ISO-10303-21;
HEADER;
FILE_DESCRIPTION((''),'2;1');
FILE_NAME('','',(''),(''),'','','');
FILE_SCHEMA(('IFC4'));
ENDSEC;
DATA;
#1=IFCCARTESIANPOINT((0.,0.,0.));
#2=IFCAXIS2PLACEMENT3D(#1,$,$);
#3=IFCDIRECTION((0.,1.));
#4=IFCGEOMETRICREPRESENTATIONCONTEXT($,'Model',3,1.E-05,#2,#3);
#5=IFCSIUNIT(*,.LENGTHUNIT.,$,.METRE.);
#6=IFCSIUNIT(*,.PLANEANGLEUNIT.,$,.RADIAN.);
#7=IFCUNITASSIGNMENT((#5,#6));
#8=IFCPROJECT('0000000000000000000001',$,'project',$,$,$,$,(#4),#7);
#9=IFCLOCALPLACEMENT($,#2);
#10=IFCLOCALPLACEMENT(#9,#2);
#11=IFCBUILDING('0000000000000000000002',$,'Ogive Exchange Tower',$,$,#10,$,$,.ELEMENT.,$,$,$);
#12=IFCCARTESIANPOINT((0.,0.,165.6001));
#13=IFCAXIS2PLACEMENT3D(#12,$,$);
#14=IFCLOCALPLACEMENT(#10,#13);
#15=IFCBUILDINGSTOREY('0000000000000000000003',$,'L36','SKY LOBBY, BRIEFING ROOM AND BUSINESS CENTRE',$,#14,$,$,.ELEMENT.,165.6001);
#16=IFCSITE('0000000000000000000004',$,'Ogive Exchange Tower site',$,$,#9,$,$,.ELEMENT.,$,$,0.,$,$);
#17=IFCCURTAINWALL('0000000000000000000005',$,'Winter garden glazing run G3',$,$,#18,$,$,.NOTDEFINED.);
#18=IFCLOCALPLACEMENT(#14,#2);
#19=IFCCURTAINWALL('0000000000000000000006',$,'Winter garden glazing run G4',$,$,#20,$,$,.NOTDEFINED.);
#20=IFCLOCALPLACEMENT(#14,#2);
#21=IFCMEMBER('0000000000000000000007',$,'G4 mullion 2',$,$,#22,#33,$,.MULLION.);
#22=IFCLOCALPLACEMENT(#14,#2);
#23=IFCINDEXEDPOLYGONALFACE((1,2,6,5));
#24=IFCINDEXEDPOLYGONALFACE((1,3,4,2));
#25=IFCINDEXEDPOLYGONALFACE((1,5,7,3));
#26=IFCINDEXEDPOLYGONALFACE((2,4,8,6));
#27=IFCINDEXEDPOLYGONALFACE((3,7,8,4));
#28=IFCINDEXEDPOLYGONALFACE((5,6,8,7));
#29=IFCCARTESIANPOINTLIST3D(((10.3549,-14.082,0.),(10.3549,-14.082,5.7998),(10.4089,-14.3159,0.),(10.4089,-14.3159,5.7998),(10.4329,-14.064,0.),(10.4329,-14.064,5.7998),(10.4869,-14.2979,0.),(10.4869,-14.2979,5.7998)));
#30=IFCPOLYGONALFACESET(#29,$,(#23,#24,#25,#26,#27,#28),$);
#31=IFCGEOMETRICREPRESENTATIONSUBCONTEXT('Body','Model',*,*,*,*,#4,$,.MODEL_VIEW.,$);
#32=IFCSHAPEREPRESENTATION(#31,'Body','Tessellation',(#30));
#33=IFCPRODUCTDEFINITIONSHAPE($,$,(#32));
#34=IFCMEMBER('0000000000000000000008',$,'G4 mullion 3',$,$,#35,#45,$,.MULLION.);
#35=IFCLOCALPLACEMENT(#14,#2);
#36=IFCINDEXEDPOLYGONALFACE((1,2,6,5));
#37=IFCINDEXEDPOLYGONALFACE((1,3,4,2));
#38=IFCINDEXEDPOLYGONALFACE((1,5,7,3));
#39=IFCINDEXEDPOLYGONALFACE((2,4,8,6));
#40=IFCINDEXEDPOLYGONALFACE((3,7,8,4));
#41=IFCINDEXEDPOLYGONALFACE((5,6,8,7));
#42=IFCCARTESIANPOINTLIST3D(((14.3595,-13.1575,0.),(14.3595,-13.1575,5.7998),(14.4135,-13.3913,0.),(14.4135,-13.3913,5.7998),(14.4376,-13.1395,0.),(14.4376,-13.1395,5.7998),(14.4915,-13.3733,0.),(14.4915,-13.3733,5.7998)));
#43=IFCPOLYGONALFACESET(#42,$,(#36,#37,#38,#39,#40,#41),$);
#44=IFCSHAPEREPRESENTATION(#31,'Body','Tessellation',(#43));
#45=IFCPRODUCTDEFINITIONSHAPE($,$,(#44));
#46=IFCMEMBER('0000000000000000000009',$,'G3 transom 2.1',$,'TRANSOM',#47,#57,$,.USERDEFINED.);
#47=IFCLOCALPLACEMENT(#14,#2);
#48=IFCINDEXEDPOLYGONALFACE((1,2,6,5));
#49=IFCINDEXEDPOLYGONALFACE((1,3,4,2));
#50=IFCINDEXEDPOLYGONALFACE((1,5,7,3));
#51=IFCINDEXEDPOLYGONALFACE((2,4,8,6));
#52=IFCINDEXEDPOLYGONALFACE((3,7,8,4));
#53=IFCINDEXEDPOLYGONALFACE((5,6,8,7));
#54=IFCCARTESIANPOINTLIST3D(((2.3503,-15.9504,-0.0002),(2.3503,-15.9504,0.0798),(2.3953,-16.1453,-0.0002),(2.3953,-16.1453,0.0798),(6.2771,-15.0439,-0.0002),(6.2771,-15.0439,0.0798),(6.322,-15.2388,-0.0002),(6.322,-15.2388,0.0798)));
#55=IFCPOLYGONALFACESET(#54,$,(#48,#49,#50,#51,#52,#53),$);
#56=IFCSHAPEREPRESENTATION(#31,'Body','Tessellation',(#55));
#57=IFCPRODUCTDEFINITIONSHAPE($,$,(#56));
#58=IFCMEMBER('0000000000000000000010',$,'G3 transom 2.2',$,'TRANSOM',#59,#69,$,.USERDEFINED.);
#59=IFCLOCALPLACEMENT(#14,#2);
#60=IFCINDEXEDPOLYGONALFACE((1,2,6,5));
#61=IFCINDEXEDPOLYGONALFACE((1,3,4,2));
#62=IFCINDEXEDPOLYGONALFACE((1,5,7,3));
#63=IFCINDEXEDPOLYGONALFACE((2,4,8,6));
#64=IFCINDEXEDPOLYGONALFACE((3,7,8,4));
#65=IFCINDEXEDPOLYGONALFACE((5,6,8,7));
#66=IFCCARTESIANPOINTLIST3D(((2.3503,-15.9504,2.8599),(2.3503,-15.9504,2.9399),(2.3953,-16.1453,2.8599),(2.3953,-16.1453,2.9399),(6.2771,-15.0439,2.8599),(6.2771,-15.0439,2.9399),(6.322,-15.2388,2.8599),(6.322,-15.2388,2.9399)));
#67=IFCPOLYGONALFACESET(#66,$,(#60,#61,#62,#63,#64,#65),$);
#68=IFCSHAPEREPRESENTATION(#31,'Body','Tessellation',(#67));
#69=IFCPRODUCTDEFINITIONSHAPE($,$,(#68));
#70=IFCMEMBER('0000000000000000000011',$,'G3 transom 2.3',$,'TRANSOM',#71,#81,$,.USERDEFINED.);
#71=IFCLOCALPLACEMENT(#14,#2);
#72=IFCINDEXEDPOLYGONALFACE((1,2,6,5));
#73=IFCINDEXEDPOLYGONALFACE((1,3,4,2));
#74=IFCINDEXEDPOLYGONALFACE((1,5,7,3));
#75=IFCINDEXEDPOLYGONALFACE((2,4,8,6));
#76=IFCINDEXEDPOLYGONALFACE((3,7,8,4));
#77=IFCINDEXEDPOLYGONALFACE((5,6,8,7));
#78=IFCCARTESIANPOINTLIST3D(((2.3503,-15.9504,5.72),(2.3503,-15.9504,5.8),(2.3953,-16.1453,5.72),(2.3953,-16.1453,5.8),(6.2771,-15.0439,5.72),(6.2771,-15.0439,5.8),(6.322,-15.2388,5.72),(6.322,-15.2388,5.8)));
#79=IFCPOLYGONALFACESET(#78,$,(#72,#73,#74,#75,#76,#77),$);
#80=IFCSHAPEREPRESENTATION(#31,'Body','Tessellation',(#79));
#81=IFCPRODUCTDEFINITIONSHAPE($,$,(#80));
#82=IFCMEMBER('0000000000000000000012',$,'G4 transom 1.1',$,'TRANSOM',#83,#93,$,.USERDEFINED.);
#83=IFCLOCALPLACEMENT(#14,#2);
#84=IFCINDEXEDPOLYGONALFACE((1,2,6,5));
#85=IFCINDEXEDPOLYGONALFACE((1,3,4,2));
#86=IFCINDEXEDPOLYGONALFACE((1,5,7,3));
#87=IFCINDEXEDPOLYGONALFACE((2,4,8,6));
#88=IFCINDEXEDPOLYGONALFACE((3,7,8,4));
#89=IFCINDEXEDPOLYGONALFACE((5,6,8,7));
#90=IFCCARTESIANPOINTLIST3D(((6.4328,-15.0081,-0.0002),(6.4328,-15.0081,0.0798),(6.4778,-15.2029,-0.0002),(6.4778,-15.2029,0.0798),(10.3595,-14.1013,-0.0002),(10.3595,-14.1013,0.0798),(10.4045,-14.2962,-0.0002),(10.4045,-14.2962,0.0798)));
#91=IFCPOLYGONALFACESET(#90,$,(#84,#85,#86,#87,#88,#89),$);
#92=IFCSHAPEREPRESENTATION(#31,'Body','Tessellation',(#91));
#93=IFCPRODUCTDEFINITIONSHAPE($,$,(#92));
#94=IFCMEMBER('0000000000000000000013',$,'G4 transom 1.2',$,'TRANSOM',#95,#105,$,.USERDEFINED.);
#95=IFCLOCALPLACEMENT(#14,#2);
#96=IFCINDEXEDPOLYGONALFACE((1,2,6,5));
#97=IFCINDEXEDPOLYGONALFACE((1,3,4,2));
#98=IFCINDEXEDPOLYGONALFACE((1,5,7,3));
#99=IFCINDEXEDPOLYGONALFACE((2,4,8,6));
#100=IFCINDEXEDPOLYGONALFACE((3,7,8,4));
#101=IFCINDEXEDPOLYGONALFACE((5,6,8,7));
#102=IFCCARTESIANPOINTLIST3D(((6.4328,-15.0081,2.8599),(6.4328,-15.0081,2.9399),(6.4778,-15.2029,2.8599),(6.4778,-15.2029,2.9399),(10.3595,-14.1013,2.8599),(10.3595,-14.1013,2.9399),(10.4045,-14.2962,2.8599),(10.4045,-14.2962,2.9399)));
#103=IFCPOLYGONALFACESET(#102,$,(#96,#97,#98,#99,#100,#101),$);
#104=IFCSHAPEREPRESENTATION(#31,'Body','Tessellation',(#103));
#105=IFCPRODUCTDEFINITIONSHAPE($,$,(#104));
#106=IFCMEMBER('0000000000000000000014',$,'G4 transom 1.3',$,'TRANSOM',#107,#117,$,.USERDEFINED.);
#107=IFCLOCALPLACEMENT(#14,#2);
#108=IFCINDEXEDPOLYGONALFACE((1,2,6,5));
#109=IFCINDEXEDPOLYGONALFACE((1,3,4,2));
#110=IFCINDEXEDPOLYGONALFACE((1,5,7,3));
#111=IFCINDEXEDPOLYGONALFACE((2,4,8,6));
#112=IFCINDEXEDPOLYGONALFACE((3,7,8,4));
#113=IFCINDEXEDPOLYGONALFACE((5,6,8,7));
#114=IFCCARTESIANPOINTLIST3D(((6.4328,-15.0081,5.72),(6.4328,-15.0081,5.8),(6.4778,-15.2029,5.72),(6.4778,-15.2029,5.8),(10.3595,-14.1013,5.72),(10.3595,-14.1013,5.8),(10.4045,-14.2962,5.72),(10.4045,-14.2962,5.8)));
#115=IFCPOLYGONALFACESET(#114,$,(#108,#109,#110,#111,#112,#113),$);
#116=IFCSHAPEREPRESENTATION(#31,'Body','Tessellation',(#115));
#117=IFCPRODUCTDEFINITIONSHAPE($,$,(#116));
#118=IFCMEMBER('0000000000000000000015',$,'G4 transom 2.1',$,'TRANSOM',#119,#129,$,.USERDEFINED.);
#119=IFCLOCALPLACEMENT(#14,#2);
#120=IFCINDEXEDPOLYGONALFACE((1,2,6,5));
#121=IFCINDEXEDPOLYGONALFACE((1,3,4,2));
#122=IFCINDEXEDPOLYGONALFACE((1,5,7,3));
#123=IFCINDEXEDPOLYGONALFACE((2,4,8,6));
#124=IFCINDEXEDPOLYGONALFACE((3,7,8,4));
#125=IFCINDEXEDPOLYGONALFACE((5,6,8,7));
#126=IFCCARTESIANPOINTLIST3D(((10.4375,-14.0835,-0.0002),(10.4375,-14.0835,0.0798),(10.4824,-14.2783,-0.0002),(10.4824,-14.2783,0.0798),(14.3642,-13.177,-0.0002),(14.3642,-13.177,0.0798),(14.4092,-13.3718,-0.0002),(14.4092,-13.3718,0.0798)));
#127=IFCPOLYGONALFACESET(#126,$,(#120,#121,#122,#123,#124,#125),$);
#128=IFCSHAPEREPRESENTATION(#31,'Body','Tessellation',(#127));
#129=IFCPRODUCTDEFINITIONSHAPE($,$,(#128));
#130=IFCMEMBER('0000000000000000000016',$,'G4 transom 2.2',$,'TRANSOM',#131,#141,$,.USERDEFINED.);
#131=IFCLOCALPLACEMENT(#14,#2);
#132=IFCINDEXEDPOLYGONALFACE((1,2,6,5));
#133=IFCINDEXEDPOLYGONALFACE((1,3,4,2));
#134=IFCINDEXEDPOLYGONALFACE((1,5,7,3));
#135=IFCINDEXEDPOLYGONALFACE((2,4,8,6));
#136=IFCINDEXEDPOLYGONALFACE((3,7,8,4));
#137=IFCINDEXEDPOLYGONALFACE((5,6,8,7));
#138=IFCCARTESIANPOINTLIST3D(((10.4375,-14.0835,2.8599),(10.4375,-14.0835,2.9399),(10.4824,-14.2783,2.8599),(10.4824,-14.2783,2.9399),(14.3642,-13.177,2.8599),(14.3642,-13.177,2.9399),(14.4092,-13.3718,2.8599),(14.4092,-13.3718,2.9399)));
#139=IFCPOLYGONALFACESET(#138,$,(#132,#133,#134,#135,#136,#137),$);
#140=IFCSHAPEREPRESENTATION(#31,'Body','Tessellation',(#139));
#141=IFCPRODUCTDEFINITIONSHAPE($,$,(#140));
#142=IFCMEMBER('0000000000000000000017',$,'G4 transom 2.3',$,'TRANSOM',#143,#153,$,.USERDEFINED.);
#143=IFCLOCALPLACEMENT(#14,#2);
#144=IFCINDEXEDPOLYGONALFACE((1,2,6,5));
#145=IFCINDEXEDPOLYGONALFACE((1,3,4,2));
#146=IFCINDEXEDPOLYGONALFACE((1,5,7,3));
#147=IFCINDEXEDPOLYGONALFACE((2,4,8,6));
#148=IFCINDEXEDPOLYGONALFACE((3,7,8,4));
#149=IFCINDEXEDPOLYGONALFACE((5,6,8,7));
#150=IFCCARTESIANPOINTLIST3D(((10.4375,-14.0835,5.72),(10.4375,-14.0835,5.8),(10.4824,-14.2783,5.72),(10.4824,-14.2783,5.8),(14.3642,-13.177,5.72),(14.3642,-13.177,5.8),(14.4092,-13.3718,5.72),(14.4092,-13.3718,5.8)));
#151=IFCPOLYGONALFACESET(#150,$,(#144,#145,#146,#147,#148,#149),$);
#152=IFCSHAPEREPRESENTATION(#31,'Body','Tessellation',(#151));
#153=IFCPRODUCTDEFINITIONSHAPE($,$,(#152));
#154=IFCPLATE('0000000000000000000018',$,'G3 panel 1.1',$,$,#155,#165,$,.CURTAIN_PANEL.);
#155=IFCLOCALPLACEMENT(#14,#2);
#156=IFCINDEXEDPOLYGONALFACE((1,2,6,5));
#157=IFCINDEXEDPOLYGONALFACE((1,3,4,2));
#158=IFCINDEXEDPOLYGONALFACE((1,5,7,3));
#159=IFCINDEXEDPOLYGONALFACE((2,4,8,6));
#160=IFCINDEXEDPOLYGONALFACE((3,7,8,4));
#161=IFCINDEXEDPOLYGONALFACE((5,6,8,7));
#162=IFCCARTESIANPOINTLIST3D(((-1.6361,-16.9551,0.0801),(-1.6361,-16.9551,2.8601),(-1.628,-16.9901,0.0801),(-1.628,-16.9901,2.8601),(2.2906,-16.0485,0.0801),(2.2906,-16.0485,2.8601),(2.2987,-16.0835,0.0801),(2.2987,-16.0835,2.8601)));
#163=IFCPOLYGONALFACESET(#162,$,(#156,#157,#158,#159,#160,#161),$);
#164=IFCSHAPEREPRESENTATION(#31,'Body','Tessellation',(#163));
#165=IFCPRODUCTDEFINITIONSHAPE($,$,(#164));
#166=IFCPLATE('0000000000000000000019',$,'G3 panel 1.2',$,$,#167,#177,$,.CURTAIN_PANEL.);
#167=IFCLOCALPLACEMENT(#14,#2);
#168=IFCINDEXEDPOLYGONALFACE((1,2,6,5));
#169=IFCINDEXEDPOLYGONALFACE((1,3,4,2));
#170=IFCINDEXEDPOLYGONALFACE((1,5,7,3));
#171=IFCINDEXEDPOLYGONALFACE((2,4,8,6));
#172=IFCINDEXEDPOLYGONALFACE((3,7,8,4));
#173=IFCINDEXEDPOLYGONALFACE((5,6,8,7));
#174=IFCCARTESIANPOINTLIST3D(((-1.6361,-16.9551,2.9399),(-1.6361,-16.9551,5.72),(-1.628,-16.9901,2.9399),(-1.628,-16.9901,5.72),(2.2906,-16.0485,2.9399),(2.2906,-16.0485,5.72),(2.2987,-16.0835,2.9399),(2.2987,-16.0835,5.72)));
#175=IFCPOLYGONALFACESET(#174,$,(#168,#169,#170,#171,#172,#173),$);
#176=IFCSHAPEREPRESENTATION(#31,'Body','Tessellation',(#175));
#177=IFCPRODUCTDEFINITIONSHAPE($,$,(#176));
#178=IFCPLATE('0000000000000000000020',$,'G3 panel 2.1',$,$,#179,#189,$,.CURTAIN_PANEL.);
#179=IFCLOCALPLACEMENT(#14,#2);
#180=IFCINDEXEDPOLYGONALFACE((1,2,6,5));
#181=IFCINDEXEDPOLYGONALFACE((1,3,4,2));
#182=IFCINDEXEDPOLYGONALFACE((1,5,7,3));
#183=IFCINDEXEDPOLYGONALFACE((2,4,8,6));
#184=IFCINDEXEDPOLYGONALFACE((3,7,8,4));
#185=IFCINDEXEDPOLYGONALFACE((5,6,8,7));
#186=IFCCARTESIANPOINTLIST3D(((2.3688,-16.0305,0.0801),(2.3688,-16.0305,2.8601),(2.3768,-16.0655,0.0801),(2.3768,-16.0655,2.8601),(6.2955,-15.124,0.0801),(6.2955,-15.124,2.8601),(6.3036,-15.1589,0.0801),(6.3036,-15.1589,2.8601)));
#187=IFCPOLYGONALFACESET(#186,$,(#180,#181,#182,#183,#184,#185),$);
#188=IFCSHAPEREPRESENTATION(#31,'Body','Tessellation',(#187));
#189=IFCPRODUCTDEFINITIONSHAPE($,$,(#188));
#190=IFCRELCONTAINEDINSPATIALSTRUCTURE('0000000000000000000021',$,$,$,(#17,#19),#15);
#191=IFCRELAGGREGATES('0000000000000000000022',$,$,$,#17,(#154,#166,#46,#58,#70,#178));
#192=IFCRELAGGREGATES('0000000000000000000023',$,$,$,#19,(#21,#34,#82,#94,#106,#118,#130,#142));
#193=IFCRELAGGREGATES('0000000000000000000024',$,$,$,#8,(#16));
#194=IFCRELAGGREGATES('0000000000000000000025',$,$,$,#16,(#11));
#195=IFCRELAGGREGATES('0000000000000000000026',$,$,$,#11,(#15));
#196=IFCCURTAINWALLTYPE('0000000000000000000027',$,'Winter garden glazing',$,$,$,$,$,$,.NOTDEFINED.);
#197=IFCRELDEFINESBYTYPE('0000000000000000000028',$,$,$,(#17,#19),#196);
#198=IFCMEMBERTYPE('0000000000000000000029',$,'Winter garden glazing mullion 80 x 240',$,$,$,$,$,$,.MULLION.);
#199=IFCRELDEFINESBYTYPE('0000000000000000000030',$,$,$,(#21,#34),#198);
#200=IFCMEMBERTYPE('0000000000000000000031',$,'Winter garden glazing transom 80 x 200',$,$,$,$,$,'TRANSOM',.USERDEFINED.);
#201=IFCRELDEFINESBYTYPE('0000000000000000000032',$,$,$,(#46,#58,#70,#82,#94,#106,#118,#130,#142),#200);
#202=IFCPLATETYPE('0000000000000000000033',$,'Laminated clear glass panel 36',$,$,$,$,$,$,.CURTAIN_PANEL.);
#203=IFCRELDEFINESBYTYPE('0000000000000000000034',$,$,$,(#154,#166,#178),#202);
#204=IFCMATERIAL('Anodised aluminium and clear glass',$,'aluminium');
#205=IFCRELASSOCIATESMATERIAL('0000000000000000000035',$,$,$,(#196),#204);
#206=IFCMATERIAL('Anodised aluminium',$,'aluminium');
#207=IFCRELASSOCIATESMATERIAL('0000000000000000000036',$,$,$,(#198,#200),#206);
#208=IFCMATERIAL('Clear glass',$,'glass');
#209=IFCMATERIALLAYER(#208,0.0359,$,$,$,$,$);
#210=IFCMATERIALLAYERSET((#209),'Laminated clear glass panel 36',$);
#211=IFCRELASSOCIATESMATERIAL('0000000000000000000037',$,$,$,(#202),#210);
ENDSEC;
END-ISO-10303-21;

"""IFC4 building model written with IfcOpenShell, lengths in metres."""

from ifc_helpers import new_model, si_unit, direction, frame, origin, origin_2d, place, context, subcontext, project, spatial, rectangle, extrude, material, layer, layer_set, material_profile, profile_set, type_object, element, aggregate, save


model = new_model("IFC4")

# Units and contexts
model_context = context("Model", 3, precision=1e-05, world=origin(), true_north=direction((0.0, 1.0)))
body_context = subcontext(model_context, "Body", "Model", "MODEL_VIEW")
ifc_project = project(units=[si_unit("LENGTHUNIT", "METRE"), si_unit("PLANEANGLEUNIT", "RADIAN")], contexts=[model_context])

# Site, building, storey
site_placement = place(None, origin())
site = spatial("IfcSite", under=ifc_project, at=site_placement, Name="Ogive Exchange Tower site", CompositionType="ELEMENT", RefElevation=0.0)
building_placement = place(site_placement, origin())
building = spatial("IfcBuilding", under=site, at=building_placement, Name="Ogive Exchange Tower", CompositionType="ELEMENT")
storey_placement = place(building_placement, frame((0.0, 0.0, 165.6001)))
storey = spatial("IfcBuildingStorey", under=building, at=storey_placement, Name="L36", Description="SKY LOBBY, BRIEFING ROOM AND BUSINESS CENTRE", CompositionType="ELEMENT", Elevation=165.6001)

# Curtain walls, members
ifc_material_1 = material(Name="Anodised aluminium and clear glass", Category="aluminium")
curtain_wall_type = type_object("IfcCurtainWallType", Name="Winter garden glazing", PredefinedType="NOTDEFINED", material=ifc_material_1)
curtain_wall_1_placement = place(storey_placement, origin())
curtain_wall_1 = element("IfcCurtainWall", 1, at=curtain_wall_1_placement, inside=storey, type_object=curtain_wall_type, Name="Winter garden glazing run G3", PredefinedType="NOTDEFINED")
ifc_material_2 = material(Name="Anodised aluminium", Category="aluminium")
ifc_material_profile_1 = material_profile(ifc_material_2, rectangle(XDim=0.24, YDim=0.0801, at=origin_2d()), Name="AL 80x240")
ifc_profile_set_1 = profile_set([ifc_material_profile_1], Name="Anodised aluminium")
member_type_1 = type_object("IfcMemberType", Name="Winter garden glazing mullion 80 x 240", PredefinedType="MULLION", material=ifc_profile_set_1)
curtain_wall_2_placement = place(storey_placement, origin())
curtain_wall_2 = element("IfcCurtainWall", 2, at=curtain_wall_2_placement, inside=storey, type_object=curtain_wall_type, Name="Winter garden glazing run G4", PredefinedType="NOTDEFINED")
member_1_placement = place(storey_placement, frame((10.4209, -14.1899, 0.0), z_axis=(0.0, 0.0, 1.0), x_axis=(-0.224954, 0.974369, 0.0)))
member_1 = element("IfcMember", 3, at=member_1_placement, type_object=member_type_1, Name="G4 mullion 2", PredefinedType="MULLION", context=body_context, shape_type="SweptSolid", body=[
    extrude(rectangle(XDim=0.24, YDim=0.0801, at=origin_2d()), origin(), (0.0, 0.0, 1.0), 5.7998),
])
member_2_placement = place(storey_placement, frame((14.4255, -13.2654, 0.0), z_axis=(0.0, 0.0, 1.0), x_axis=(-0.224954, 0.974369, 0.0)))
member_2 = element("IfcMember", 4, at=member_2_placement, type_object=member_type_1, Name="G4 mullion 3", PredefinedType="MULLION", context=body_context, shape_type="SweptSolid", body=[
    extrude(rectangle(XDim=0.24, YDim=0.0801, at=origin_2d()), origin(), (0.0, 0.0, 1.0), 5.7998),
])

# Members
ifc_material_profile_2 = material_profile(ifc_material_2, rectangle(XDim=0.2, YDim=0.0801, at=origin_2d()), Name="AL 80x200")
ifc_profile_set_2 = profile_set([ifc_material_profile_2], Name="Anodised aluminium")
member_type_2 = type_object("IfcMemberType", Name="Winter garden glazing transom 80 x 200", ElementType="TRANSOM", PredefinedType="USERDEFINED", material=ifc_profile_set_2)
member_3_placement = place(storey_placement, frame((2.3728, -16.0479, 0.0398), z_axis=(0.974374, 0.224935, 0.0), x_axis=(-0.224935, 0.974374, 0.0)))
member_3 = element("IfcMember", 5, at=member_3_placement, type_object=member_type_2, Name="G3 transom 2.1", ObjectType="TRANSOM", PredefinedType="USERDEFINED", context=body_context, shape_type="SweptSolid", body=[
    extrude(rectangle(XDim=0.2, YDim=0.0801, at=origin_2d()), origin(), (0.0, 0.0, 1.0), 4.03),
])
member_4_placement = place(storey_placement, frame((2.3728, -16.0479, 2.8999), z_axis=(0.974374, 0.224935, 0.0), x_axis=(-0.224935, 0.974374, 0.0)))
member_4 = element("IfcMember", 6, at=member_4_placement, type_object=member_type_2, Name="G3 transom 2.2", ObjectType="TRANSOM", PredefinedType="USERDEFINED", context=body_context, shape_type="SweptSolid", body=[
    extrude(rectangle(XDim=0.2, YDim=0.0801, at=origin_2d()), origin(), (0.0, 0.0, 1.0), 4.03),
])
member_5_placement = place(storey_placement, frame((2.3728, -16.0479, 5.76), z_axis=(0.974374, 0.224935, 0.0), x_axis=(-0.224935, 0.974374, 0.0)))
member_5 = element("IfcMember", 7, at=member_5_placement, type_object=member_type_2, Name="G3 transom 2.3", ObjectType="TRANSOM", PredefinedType="USERDEFINED", context=body_context, shape_type="SweptSolid", body=[
    extrude(rectangle(XDim=0.2, YDim=0.0801, at=origin_2d()), origin(), (0.0, 0.0, 1.0), 4.03),
])
member_6_placement = place(storey_placement, frame((6.4553, -15.1055, 0.0398), z_axis=(0.974361, 0.224992, 0.0), x_axis=(-0.224992, 0.974361, 0.0)))
member_6 = element("IfcMember", 8, at=member_6_placement, type_object=member_type_2, Name="G4 transom 1.1", ObjectType="TRANSOM", PredefinedType="USERDEFINED", context=body_context, shape_type="SweptSolid", body=[
    extrude(rectangle(XDim=0.2, YDim=0.0801, at=origin_2d()), origin(), (0.0, 0.0, 1.0), 4.03),
])
member_7_placement = place(storey_placement, frame((6.4553, -15.1055, 2.8999), z_axis=(0.974361, 0.224992, 0.0), x_axis=(-0.224992, 0.974361, 0.0)))
member_7 = element("IfcMember", 9, at=member_7_placement, type_object=member_type_2, Name="G4 transom 1.2", ObjectType="TRANSOM", PredefinedType="USERDEFINED", context=body_context, shape_type="SweptSolid", body=[
    extrude(rectangle(XDim=0.2, YDim=0.0801, at=origin_2d()), origin(), (0.0, 0.0, 1.0), 4.03),
])
member_8_placement = place(storey_placement, frame((6.4553, -15.1055, 5.76), z_axis=(0.974361, 0.224992, 0.0), x_axis=(-0.224992, 0.974361, 0.0)))
member_8 = element("IfcMember", 10, at=member_8_placement, type_object=member_type_2, Name="G4 transom 1.3", ObjectType="TRANSOM", PredefinedType="USERDEFINED", context=body_context, shape_type="SweptSolid", body=[
    extrude(rectangle(XDim=0.2, YDim=0.0801, at=origin_2d()), origin(), (0.0, 0.0, 1.0), 4.03),
])
member_9_placement = place(storey_placement, frame((10.46, -14.1809, 0.0398), z_axis=(0.974374, 0.224935, 0.0), x_axis=(-0.224935, 0.974374, 0.0)))
member_9 = element("IfcMember", 11, at=member_9_placement, type_object=member_type_2, Name="G4 transom 2.1", ObjectType="TRANSOM", PredefinedType="USERDEFINED", context=body_context, shape_type="SweptSolid", body=[
    extrude(rectangle(XDim=0.2, YDim=0.0801, at=origin_2d()), origin(), (0.0, 0.0, 1.0), 4.03),
])
member_10_placement = place(storey_placement, frame((10.46, -14.1809, 2.8999), z_axis=(0.974374, 0.224935, 0.0), x_axis=(-0.224935, 0.974374, 0.0)))
member_10 = element("IfcMember", 12, at=member_10_placement, type_object=member_type_2, Name="G4 transom 2.2", ObjectType="TRANSOM", PredefinedType="USERDEFINED", context=body_context, shape_type="SweptSolid", body=[
    extrude(rectangle(XDim=0.2, YDim=0.0801, at=origin_2d()), origin(), (0.0, 0.0, 1.0), 4.03),
])
member_11_placement = place(storey_placement, frame((10.46, -14.1809, 5.76), z_axis=(0.974374, 0.224935, 0.0), x_axis=(-0.224935, 0.974374, 0.0)))
member_11 = element("IfcMember", 13, at=member_11_placement, type_object=member_type_2, Name="G4 transom 2.3", ObjectType="TRANSOM", PredefinedType="USERDEFINED", context=body_context, shape_type="SweptSolid", body=[
    extrude(rectangle(XDim=0.2, YDim=0.0801, at=origin_2d()), origin(), (0.0, 0.0, 1.0), 4.03),
])

# Plates
ifc_material_3 = material(Name="Clear glass", Category="glass")
ifc_layer_1 = layer(ifc_material_3, 0.0359)
ifc_layer_set_1 = layer_set([ifc_layer_1], Name="Laminated clear glass panel 36")
plate_type = type_object("IfcPlateType", Name="Laminated clear glass panel 36", PredefinedType="CURTAIN_PANEL", material=ifc_layer_set_1)
plate_1_placement = place(storey_placement, frame((0.3313, -16.5193, 0.0801), z_axis=(0.0, 0.0, 1.0), x_axis=(0.97437, 0.224951, 0.0)))
plate_1 = element("IfcPlate", 14, at=plate_1_placement, type_object=plate_type, Name="G3 panel 1.1", PredefinedType="CURTAIN_PANEL", context=body_context, shape_type="SweptSolid", body=[
    extrude(rectangle(XDim=4.03, YDim=0.0359, at=origin_2d()), origin(), (0.0, 0.0, 1.0), 2.78),
])
plate_2_placement = place(storey_placement, frame((0.3313, -16.5193, 2.9399), z_axis=(0.0, 0.0, 1.0), x_axis=(0.97437, 0.224951, 0.0)))
plate_2 = element("IfcPlate", 15, at=plate_2_placement, type_object=plate_type, Name="G3 panel 1.2", PredefinedType="CURTAIN_PANEL", context=body_context, shape_type="SweptSolid", body=[
    extrude(rectangle(XDim=4.03, YDim=0.0359, at=origin_2d()), origin(), (0.0, 0.0, 1.0), 2.78),
])
plate_3_placement = place(storey_placement, frame((4.3362, -15.5947, 0.0801), z_axis=(0.0, 0.0, 1.0), x_axis=(0.97437, 0.224951, 0.0)))
plate_3 = element("IfcPlate", 16, at=plate_3_placement, type_object=plate_type, Name="G3 panel 2.1", PredefinedType="CURTAIN_PANEL", context=body_context, shape_type="SweptSolid", body=[
    extrude(rectangle(XDim=4.03, YDim=0.0359, at=origin_2d()), origin(), (0.0, 0.0, 1.0), 2.78),
])
aggregate(curtain_wall_1, [plate_1, plate_2, member_3, member_4, member_5, plate_3])
aggregate(curtain_wall_2, [member_1, member_2, member_6, member_7, member_8, member_9, member_10, member_11])

save(model, "model.ifc")
